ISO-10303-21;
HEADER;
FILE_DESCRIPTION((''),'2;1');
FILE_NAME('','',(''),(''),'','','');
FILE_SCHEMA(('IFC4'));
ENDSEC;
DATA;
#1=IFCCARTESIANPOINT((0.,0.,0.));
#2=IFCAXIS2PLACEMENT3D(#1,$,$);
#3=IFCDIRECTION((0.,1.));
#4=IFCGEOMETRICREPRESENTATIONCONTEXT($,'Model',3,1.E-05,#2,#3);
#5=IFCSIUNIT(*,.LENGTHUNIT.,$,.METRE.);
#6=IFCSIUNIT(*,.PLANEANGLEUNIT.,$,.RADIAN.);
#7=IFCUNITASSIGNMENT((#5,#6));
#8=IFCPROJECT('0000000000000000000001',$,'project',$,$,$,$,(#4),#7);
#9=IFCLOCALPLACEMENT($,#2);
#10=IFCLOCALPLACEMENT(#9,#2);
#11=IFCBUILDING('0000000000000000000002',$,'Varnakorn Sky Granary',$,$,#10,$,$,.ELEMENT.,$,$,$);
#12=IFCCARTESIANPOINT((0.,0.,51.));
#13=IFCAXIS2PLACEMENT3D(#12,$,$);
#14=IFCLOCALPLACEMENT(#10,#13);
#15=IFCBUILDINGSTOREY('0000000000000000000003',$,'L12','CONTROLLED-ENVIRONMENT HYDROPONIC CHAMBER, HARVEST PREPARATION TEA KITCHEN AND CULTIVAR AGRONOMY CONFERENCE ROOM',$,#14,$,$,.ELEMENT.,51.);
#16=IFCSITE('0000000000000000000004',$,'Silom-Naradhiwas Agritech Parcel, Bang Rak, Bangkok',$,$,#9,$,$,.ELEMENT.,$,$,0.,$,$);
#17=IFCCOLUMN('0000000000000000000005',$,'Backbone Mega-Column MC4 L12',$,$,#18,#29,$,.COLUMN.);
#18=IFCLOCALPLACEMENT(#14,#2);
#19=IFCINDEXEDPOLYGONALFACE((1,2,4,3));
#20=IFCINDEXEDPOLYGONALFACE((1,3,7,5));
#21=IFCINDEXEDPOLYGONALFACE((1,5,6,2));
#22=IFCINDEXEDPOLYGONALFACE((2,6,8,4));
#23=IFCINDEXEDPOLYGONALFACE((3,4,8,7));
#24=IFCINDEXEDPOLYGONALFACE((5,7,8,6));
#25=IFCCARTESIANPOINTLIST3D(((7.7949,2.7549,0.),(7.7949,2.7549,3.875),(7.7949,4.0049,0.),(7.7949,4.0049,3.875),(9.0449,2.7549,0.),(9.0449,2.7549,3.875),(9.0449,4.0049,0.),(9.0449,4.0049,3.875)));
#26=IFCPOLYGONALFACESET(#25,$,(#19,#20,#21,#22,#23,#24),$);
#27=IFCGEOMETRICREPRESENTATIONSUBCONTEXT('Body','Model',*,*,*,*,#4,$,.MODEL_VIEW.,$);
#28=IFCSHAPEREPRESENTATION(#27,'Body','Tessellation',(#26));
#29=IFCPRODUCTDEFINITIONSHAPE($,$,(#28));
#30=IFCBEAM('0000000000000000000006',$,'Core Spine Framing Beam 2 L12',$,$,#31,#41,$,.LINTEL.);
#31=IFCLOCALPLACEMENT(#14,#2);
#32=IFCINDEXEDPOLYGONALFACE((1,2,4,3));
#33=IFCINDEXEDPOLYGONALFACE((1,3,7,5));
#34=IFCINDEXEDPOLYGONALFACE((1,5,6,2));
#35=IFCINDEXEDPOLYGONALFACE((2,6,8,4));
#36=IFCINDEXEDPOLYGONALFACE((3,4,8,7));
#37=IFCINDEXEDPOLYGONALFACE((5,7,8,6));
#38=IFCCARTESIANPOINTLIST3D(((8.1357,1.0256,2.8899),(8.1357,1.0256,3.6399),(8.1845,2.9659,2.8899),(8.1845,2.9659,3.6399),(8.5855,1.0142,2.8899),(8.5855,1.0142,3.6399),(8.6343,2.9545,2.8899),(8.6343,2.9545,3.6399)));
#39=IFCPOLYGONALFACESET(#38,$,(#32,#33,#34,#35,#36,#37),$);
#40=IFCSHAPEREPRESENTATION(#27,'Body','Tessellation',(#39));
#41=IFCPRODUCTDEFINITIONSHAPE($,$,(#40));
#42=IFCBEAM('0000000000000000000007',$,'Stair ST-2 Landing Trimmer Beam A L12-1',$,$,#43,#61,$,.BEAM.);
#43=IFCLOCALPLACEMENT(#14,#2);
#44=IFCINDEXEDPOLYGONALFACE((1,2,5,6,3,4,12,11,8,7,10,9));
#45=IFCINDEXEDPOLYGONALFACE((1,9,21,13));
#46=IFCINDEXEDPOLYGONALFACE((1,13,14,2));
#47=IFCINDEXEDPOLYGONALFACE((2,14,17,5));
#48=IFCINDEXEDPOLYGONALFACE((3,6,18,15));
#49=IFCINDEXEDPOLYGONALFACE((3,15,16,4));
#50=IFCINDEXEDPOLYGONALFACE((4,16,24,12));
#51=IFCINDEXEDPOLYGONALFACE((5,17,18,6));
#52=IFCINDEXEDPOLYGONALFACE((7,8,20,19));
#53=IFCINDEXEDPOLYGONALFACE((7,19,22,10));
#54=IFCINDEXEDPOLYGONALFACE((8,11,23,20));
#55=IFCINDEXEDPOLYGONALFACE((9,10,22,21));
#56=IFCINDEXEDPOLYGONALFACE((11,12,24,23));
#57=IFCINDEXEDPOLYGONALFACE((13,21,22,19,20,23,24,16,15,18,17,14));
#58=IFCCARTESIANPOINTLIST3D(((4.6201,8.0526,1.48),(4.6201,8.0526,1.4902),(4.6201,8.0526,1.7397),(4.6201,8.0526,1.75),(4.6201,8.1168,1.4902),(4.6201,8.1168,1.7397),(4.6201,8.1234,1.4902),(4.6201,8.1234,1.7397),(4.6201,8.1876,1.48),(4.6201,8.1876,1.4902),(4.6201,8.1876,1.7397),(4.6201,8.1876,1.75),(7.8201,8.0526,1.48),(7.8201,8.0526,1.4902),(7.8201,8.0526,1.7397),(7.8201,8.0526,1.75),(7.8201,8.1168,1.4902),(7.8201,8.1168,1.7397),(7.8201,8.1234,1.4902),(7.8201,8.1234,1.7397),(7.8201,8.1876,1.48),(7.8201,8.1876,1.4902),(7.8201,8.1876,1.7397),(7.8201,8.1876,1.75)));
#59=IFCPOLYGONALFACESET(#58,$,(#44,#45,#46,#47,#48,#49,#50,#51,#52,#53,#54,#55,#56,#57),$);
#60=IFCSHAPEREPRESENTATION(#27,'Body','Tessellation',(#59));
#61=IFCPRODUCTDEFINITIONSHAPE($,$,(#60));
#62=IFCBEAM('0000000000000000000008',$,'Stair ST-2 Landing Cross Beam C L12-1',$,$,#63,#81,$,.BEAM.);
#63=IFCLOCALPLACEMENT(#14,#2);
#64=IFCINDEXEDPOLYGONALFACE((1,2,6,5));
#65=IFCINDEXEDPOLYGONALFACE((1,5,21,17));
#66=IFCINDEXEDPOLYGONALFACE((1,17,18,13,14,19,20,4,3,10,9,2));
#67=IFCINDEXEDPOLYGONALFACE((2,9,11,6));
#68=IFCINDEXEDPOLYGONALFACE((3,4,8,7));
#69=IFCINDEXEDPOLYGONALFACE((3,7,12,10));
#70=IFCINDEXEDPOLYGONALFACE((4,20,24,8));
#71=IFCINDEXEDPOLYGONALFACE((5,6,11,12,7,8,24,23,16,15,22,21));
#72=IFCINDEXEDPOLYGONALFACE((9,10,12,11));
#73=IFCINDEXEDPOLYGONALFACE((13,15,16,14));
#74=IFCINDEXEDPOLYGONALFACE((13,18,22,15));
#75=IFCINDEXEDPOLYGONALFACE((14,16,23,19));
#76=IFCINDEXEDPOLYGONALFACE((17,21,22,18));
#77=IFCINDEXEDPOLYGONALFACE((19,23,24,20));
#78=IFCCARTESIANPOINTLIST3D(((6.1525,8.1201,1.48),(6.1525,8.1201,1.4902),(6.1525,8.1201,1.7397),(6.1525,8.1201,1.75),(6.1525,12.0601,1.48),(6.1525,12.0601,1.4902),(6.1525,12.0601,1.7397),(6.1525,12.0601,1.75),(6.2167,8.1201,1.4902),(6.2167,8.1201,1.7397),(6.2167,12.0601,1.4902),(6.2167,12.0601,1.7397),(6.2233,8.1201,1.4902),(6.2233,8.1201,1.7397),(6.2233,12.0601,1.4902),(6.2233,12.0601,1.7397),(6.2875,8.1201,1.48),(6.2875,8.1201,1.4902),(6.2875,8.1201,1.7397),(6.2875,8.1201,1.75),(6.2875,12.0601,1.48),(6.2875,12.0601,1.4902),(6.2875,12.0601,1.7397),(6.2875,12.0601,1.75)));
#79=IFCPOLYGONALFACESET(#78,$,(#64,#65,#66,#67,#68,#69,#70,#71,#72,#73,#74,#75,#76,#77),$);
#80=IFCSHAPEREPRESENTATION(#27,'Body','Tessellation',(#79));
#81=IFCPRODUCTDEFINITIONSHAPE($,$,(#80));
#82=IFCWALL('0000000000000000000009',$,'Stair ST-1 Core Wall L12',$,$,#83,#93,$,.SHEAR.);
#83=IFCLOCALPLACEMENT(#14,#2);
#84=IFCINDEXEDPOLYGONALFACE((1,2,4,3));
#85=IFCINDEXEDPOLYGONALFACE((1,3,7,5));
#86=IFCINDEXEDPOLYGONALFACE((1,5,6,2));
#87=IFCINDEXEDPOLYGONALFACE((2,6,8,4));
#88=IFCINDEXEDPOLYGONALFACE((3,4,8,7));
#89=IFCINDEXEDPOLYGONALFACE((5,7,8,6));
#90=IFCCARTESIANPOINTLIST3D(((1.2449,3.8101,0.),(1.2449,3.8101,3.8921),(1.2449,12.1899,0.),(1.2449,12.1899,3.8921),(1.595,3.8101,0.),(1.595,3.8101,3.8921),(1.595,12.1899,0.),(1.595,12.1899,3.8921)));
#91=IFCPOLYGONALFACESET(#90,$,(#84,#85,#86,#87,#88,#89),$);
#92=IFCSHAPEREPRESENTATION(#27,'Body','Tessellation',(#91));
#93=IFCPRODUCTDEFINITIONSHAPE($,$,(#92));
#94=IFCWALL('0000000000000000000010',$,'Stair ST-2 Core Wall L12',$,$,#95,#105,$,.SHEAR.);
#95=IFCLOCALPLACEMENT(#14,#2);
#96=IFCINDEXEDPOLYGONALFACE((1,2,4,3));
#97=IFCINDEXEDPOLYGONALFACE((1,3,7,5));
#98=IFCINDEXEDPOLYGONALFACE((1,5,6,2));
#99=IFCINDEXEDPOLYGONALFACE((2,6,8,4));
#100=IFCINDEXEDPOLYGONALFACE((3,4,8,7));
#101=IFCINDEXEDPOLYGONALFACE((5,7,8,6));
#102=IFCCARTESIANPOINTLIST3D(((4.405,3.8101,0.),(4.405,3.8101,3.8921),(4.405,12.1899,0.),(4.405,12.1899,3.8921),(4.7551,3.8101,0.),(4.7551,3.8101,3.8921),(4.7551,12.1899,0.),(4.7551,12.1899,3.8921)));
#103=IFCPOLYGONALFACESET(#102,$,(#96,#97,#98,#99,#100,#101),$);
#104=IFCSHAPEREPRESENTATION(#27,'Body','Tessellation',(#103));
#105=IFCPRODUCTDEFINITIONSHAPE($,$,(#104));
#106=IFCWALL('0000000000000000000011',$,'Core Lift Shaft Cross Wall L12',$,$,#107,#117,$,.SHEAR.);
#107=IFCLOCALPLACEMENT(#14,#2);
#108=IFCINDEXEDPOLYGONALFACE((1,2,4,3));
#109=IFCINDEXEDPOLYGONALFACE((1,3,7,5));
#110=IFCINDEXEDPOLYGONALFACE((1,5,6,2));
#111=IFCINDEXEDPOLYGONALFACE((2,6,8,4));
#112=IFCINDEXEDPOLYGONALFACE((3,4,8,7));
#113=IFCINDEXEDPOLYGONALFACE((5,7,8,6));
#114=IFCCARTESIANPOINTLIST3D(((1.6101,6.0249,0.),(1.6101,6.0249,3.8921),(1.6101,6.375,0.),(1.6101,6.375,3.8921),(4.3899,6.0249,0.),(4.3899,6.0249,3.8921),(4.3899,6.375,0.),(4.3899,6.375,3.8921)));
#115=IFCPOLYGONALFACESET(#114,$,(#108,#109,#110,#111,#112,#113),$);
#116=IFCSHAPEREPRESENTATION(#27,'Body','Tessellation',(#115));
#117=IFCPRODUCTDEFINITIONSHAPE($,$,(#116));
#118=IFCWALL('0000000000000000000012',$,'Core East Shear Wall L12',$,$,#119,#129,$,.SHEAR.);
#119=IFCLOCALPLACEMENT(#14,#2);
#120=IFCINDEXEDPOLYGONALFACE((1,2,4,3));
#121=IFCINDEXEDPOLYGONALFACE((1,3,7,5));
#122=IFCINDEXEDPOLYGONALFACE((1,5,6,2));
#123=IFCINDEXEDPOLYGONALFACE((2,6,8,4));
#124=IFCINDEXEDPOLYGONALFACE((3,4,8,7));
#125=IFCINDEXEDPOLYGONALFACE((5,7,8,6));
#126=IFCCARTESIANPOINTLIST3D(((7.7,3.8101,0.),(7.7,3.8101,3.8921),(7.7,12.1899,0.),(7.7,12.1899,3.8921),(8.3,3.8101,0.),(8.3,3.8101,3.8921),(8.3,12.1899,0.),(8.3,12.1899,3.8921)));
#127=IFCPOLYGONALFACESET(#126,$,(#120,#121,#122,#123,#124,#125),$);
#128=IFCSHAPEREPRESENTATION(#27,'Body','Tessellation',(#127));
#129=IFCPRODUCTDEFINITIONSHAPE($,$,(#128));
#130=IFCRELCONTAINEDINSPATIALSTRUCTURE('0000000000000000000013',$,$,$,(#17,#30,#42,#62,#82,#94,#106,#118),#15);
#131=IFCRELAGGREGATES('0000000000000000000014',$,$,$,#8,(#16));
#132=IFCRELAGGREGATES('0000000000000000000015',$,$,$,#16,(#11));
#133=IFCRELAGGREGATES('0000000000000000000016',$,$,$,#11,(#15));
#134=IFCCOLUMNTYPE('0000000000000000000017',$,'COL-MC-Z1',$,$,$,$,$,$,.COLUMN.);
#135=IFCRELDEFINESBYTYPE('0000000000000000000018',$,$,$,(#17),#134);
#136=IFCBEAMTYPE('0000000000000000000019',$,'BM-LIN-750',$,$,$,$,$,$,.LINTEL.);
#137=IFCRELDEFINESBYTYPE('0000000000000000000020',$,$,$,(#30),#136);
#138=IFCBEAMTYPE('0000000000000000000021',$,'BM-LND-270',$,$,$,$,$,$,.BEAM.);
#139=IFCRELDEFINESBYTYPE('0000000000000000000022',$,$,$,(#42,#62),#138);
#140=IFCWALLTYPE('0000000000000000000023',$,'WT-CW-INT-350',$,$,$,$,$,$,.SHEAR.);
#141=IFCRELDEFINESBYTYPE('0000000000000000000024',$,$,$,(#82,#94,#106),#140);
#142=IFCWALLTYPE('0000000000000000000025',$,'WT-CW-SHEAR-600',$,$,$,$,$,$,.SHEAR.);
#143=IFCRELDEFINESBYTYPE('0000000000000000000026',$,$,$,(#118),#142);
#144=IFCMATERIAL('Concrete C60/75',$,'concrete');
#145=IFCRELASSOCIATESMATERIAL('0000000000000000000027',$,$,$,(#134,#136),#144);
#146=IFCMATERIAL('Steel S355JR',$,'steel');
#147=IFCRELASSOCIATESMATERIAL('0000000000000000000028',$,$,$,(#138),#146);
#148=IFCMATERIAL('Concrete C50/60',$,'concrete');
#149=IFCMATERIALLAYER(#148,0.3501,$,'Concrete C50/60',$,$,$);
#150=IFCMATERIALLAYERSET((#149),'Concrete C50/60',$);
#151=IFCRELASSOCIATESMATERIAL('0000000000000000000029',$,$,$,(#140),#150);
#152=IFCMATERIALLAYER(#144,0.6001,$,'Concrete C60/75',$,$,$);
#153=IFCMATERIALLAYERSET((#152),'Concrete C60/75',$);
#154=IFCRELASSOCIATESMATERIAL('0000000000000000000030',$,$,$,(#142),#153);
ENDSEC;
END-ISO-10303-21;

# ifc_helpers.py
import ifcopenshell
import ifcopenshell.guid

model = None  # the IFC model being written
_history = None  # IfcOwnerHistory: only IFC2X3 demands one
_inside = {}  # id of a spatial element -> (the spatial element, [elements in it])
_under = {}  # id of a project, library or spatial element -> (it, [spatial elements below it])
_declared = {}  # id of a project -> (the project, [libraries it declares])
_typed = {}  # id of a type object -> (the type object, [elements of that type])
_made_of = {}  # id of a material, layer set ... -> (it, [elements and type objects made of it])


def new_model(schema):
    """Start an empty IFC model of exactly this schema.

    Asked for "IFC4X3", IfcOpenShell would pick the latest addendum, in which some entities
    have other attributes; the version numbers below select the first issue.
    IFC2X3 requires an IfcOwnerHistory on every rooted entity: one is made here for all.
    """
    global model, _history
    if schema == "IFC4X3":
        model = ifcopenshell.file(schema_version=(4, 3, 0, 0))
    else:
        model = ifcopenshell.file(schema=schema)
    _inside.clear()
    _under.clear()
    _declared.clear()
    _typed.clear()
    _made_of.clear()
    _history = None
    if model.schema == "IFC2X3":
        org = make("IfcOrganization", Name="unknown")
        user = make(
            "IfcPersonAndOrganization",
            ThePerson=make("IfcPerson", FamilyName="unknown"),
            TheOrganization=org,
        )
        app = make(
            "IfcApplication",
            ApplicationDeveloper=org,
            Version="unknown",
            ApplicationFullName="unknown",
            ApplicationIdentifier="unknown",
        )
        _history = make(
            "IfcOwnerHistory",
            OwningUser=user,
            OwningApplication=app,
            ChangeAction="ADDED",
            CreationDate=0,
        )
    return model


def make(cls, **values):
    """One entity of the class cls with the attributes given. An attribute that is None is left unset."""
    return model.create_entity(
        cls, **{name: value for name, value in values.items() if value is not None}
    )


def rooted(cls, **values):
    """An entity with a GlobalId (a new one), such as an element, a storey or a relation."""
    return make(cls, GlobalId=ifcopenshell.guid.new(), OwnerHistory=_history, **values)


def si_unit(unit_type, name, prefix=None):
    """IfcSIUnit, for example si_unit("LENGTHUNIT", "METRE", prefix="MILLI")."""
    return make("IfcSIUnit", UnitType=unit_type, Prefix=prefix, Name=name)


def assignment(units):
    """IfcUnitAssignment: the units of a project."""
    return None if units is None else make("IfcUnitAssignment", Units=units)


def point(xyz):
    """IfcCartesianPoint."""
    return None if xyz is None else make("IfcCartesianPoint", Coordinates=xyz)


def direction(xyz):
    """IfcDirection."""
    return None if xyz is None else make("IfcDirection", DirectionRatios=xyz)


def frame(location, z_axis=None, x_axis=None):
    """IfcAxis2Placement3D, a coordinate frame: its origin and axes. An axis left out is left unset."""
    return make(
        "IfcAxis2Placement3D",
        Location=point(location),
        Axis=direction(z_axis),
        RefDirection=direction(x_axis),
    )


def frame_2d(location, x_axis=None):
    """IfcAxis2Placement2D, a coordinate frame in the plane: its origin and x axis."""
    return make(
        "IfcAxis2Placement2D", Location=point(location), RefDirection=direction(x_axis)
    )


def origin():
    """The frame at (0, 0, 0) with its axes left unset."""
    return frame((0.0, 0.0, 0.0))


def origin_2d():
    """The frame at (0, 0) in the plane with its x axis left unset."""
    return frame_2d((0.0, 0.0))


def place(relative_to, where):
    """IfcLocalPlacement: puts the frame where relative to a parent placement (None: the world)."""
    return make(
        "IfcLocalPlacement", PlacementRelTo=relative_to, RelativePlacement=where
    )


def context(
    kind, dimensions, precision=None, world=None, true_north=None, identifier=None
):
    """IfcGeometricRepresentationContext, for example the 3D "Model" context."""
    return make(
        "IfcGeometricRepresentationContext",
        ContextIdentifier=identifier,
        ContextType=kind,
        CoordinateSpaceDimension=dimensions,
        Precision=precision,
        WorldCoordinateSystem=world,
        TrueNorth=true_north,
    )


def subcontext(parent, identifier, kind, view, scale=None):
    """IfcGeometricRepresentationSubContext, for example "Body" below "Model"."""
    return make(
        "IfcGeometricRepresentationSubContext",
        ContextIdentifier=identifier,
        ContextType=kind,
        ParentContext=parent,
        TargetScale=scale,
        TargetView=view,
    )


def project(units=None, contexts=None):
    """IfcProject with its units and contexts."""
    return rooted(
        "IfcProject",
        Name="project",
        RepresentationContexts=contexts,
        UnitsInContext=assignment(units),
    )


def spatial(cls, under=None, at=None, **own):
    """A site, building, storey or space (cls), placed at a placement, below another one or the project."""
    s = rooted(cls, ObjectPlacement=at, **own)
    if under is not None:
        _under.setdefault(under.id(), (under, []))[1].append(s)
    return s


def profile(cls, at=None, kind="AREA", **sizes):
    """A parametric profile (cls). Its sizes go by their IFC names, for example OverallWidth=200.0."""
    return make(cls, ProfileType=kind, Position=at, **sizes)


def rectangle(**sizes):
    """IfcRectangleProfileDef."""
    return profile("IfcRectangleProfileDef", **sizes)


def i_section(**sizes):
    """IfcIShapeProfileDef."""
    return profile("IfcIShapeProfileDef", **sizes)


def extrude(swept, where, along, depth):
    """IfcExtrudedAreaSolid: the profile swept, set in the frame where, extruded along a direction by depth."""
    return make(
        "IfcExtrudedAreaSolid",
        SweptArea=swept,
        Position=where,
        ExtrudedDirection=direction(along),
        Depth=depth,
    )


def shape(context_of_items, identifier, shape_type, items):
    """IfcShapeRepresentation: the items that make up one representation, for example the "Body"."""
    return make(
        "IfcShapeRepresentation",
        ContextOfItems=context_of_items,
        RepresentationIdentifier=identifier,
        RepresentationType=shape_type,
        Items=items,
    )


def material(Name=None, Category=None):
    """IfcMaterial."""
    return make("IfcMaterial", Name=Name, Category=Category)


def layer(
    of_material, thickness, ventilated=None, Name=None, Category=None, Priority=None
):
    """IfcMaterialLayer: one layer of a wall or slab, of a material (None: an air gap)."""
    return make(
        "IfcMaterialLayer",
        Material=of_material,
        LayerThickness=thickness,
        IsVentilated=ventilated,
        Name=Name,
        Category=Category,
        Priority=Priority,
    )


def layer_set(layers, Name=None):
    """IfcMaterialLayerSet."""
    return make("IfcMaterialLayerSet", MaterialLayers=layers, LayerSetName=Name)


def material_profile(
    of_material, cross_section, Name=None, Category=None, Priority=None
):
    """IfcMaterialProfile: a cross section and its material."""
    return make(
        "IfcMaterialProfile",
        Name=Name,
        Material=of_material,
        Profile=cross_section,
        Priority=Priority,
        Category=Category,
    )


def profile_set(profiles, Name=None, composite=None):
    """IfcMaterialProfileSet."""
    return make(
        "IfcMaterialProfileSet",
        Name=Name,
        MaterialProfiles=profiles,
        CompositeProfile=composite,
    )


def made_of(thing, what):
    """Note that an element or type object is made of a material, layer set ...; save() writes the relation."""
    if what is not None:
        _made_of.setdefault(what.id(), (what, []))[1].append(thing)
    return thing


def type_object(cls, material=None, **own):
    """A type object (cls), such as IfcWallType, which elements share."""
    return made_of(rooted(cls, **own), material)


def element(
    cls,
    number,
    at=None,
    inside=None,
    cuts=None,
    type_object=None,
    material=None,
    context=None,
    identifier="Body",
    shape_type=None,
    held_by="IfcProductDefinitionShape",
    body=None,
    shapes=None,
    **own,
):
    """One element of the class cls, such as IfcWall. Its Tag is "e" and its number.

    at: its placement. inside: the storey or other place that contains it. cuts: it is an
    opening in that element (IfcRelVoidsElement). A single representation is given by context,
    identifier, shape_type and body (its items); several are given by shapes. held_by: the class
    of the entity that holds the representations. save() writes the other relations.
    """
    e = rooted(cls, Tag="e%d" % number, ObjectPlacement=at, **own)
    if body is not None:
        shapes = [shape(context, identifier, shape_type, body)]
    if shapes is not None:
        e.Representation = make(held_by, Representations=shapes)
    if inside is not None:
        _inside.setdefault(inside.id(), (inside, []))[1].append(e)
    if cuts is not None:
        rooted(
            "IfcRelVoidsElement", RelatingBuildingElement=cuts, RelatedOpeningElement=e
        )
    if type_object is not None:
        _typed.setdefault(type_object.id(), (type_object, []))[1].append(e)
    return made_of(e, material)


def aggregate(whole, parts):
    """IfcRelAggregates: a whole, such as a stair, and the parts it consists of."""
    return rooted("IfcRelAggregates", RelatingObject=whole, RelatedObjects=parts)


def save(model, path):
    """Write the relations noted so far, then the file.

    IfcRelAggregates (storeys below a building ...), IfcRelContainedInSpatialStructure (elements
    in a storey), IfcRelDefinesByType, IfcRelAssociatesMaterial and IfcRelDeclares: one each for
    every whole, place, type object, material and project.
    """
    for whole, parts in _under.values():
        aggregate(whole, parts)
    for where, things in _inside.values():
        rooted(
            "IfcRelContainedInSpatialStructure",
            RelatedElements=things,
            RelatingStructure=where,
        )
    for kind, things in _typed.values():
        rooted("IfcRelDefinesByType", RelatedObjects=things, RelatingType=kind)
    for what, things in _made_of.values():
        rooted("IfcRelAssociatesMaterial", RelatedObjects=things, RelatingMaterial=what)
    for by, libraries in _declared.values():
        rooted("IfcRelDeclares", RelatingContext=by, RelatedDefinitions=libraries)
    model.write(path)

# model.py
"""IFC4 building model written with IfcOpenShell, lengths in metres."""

from ifc_helpers import new_model, si_unit, direction, frame, frame_2d, origin, origin_2d, place, context, subcontext, project, spatial, rectangle, i_section, extrude, material, layer, layer_set, material_profile, profile_set, type_object, element, save


model = new_model("IFC4")

# Units and contexts
model_context = context("Model", 3, precision=1e-05, world=origin(), true_north=direction((0.0, 1.0)))
body_context = subcontext(model_context, "Body", "Model", "MODEL_VIEW")
ifc_project = project(units=[si_unit("LENGTHUNIT", "METRE"), si_unit("PLANEANGLEUNIT", "RADIAN")], contexts=[model_context])

# Site, building, storey
site_placement = place(None, origin())
site = spatial("IfcSite", under=ifc_project, at=site_placement, Name="Silom-Naradhiwas Agritech Parcel, Bang Rak, Bangkok", CompositionType="ELEMENT", RefElevation=0.0)
building_placement = place(site_placement, origin())
building = spatial("IfcBuilding", under=site, at=building_placement, Name="Varnakorn Sky Granary", CompositionType="ELEMENT")
storey_placement = place(building_placement, frame((0.0, 0.0, 51.0)))
storey = spatial("IfcBuildingStorey", under=building, at=storey_placement, Name="L12", Description="CONTROLLED-ENVIRONMENT HYDROPONIC CHAMBER, HARVEST PREPARATION TEA KITCHEN AND CULTIVAR AGRONOMY CONFERENCE ROOM", CompositionType="ELEMENT", Elevation=51.0)

# Column
ifc_material_1 = material(Name="Concrete C60/75", Category="concrete")
ifc_material_profile_1 = material_profile(ifc_material_1, rectangle(XDim=1.25, YDim=1.25, at=origin_2d()), Name="RC 1250x1250")
ifc_profile_set_1 = profile_set([ifc_material_profile_1], Name="Concrete C60/75")
column_type = type_object("IfcColumnType", Name="COL-MC-Z1", PredefinedType="COLUMN", material=ifc_profile_set_1)
column_placement = place(storey_placement, frame((8.4199, 3.3799, 0.0), z_axis=(0.0, 0.0, 1.0), x_axis=(1.0, 0.0, 0.0)))
element("IfcColumn", 1, at=column_placement, inside=storey, type_object=column_type, Name="Backbone Mega-Column MC4 L12", PredefinedType="COLUMN", context=body_context, shape_type="SweptSolid", body=[
    extrude(rectangle(XDim=1.25, YDim=1.25, at=origin_2d()), origin(), (0.0, 0.0, 1.0), 3.875),
])

# Beams
ifc_material_profile_2 = material_profile(ifc_material_1, rectangle(XDim=0.45, YDim=0.75, at=origin_2d()), Name="RC 450x750")
ifc_profile_set_2 = profile_set([ifc_material_profile_2], Name="Concrete C60/75")
beam_type_1 = type_object("IfcBeamType", Name="BM-LIN-750", PredefinedType="LINTEL", material=ifc_profile_set_2)
beam_1_placement = place(storey_placement, frame((8.4094, 2.9602, 3.2649), z_axis=(-0.025159, -0.999683, 0.0), x_axis=(0.999683, -0.025159, 0.0)))
element("IfcBeam", 2, at=beam_1_placement, inside=storey, type_object=beam_type_1, Name="Core Spine Framing Beam 2 L12", PredefinedType="LINTEL", context=body_context, shape_type="SweptSolid", body=[
    extrude(rectangle(XDim=0.45, YDim=0.75, at=origin_2d()), origin(), (0.0, 0.0, 1.0), 1.9409),
])
ifc_material_2 = material(Name="Steel S355JR", Category="steel")
ifc_material_profile_3 = material_profile(ifc_material_2, i_section(OverallWidth=0.135, OverallDepth=0.27, WebThickness=0.0066, FlangeThickness=0.0103, at=origin_2d()), Name="IPE 270")
ifc_profile_set_3 = profile_set([ifc_material_profile_3], Name="Steel S355JR")
beam_type_2 = type_object("IfcBeamType", Name="BM-LND-270", PredefinedType="BEAM", material=ifc_profile_set_3)
beam_2_placement = place(storey_placement, frame((4.6201, 8.1201, 1.615), z_axis=(1.0, 0.0, 0.0), x_axis=(0.0, 1.0, 0.0)))
element("IfcBeam", 3, at=beam_2_placement, inside=storey, type_object=beam_type_2, Name="Stair ST-2 Landing Trimmer Beam A L12-1", PredefinedType="BEAM", context=body_context, shape_type="SweptSolid", body=[
    extrude(i_section(OverallWidth=0.135, OverallDepth=0.27, WebThickness=0.0066, FlangeThickness=0.0103, at=origin_2d()), origin(), (0.0, 0.0, 1.0), 3.2),
])
beam_3_placement = place(storey_placement, frame((6.22, 8.1201, 1.615), z_axis=(0.0, 1.0, 0.0), x_axis=(-1.0, 0.0, 0.0)))
element("IfcBeam", 4, at=beam_3_placement, inside=storey, type_object=beam_type_2, Name="Stair ST-2 Landing Cross Beam C L12-1", PredefinedType="BEAM", context=body_context, shape_type="SweptSolid", body=[
    extrude(i_section(OverallWidth=0.135, OverallDepth=0.27, WebThickness=0.0066, FlangeThickness=0.0103, at=origin_2d()), origin(), (0.0, 0.0, 1.0), 3.9399),
])

# Walls
ifc_material_3 = material(Name="Concrete C50/60", Category="concrete")
ifc_layer_1 = layer(ifc_material_3, 0.3501, Name="Concrete C50/60")
ifc_layer_set_1 = layer_set([ifc_layer_1], Name="Concrete C50/60")
wall_type_1 = type_object("IfcWallType", Name="WT-CW-INT-350", PredefinedType="SHEAR", material=ifc_layer_set_1)
for number, where, z_axis, x_axis, name in (
    (5, (1.4199, 3.8101, 0.0), (0.0, 0.0, 1.0), (0.0, 1.0, 0.0), "Stair ST-1 Core Wall L12"),
    (6, (4.5801, 3.8101, 0.0), (0.0, 0.0, 1.0), (0.0, 1.0, 0.0), "Stair ST-2 Core Wall L12"),
):
    element("IfcWall", number, at=place(storey_placement, frame(where, z_axis=z_axis, x_axis=x_axis)), inside=storey, type_object=wall_type_1, Name=name, PredefinedType="SHEAR", context=body_context, shape_type="SweptSolid", body=[
        extrude(rectangle(XDim=8.3799, YDim=0.3501, at=frame_2d((4.1899, 0.0))), origin(), (0.0, 0.0, 1.0), 3.8921),
    ])
wall_1_placement = place(storey_placement, frame((1.6101, 6.2, 0.0), z_axis=(0.0, 0.0, 1.0), x_axis=(1.0, 0.0, 0.0)))
element("IfcWall", 7, at=wall_1_placement, inside=storey, type_object=wall_type_1, Name="Core Lift Shaft Cross Wall L12", PredefinedType="SHEAR", context=body_context, shape_type="SweptSolid", body=[
    extrude(rectangle(XDim=2.7798, YDim=0.3501, at=frame_2d((1.3899, 0.0))), origin(), (0.0, 0.0, 1.0), 3.8921),
])
ifc_layer_2 = layer(ifc_material_1, 0.6001, Name="Concrete C60/75")
ifc_layer_set_2 = layer_set([ifc_layer_2], Name="Concrete C60/75")
wall_type_2 = type_object("IfcWallType", Name="WT-CW-SHEAR-600", PredefinedType="SHEAR", material=ifc_layer_set_2)
wall_2_placement = place(storey_placement, frame((8.0, 3.8101, 0.0), z_axis=(0.0, 0.0, 1.0), x_axis=(0.0, 1.0, 0.0)))
element("IfcWall", 8, at=wall_2_placement, inside=storey, type_object=wall_type_2, Name="Core East Shear Wall L12", PredefinedType="SHEAR", context=body_context, shape_type="SweptSolid", body=[
    extrude(rectangle(XDim=8.3799, YDim=0.6001, at=frame_2d((4.1899, 0.0))), origin(), (0.0, 0.0, 1.0), 3.8921),
])

save(model, "model.ifc")
